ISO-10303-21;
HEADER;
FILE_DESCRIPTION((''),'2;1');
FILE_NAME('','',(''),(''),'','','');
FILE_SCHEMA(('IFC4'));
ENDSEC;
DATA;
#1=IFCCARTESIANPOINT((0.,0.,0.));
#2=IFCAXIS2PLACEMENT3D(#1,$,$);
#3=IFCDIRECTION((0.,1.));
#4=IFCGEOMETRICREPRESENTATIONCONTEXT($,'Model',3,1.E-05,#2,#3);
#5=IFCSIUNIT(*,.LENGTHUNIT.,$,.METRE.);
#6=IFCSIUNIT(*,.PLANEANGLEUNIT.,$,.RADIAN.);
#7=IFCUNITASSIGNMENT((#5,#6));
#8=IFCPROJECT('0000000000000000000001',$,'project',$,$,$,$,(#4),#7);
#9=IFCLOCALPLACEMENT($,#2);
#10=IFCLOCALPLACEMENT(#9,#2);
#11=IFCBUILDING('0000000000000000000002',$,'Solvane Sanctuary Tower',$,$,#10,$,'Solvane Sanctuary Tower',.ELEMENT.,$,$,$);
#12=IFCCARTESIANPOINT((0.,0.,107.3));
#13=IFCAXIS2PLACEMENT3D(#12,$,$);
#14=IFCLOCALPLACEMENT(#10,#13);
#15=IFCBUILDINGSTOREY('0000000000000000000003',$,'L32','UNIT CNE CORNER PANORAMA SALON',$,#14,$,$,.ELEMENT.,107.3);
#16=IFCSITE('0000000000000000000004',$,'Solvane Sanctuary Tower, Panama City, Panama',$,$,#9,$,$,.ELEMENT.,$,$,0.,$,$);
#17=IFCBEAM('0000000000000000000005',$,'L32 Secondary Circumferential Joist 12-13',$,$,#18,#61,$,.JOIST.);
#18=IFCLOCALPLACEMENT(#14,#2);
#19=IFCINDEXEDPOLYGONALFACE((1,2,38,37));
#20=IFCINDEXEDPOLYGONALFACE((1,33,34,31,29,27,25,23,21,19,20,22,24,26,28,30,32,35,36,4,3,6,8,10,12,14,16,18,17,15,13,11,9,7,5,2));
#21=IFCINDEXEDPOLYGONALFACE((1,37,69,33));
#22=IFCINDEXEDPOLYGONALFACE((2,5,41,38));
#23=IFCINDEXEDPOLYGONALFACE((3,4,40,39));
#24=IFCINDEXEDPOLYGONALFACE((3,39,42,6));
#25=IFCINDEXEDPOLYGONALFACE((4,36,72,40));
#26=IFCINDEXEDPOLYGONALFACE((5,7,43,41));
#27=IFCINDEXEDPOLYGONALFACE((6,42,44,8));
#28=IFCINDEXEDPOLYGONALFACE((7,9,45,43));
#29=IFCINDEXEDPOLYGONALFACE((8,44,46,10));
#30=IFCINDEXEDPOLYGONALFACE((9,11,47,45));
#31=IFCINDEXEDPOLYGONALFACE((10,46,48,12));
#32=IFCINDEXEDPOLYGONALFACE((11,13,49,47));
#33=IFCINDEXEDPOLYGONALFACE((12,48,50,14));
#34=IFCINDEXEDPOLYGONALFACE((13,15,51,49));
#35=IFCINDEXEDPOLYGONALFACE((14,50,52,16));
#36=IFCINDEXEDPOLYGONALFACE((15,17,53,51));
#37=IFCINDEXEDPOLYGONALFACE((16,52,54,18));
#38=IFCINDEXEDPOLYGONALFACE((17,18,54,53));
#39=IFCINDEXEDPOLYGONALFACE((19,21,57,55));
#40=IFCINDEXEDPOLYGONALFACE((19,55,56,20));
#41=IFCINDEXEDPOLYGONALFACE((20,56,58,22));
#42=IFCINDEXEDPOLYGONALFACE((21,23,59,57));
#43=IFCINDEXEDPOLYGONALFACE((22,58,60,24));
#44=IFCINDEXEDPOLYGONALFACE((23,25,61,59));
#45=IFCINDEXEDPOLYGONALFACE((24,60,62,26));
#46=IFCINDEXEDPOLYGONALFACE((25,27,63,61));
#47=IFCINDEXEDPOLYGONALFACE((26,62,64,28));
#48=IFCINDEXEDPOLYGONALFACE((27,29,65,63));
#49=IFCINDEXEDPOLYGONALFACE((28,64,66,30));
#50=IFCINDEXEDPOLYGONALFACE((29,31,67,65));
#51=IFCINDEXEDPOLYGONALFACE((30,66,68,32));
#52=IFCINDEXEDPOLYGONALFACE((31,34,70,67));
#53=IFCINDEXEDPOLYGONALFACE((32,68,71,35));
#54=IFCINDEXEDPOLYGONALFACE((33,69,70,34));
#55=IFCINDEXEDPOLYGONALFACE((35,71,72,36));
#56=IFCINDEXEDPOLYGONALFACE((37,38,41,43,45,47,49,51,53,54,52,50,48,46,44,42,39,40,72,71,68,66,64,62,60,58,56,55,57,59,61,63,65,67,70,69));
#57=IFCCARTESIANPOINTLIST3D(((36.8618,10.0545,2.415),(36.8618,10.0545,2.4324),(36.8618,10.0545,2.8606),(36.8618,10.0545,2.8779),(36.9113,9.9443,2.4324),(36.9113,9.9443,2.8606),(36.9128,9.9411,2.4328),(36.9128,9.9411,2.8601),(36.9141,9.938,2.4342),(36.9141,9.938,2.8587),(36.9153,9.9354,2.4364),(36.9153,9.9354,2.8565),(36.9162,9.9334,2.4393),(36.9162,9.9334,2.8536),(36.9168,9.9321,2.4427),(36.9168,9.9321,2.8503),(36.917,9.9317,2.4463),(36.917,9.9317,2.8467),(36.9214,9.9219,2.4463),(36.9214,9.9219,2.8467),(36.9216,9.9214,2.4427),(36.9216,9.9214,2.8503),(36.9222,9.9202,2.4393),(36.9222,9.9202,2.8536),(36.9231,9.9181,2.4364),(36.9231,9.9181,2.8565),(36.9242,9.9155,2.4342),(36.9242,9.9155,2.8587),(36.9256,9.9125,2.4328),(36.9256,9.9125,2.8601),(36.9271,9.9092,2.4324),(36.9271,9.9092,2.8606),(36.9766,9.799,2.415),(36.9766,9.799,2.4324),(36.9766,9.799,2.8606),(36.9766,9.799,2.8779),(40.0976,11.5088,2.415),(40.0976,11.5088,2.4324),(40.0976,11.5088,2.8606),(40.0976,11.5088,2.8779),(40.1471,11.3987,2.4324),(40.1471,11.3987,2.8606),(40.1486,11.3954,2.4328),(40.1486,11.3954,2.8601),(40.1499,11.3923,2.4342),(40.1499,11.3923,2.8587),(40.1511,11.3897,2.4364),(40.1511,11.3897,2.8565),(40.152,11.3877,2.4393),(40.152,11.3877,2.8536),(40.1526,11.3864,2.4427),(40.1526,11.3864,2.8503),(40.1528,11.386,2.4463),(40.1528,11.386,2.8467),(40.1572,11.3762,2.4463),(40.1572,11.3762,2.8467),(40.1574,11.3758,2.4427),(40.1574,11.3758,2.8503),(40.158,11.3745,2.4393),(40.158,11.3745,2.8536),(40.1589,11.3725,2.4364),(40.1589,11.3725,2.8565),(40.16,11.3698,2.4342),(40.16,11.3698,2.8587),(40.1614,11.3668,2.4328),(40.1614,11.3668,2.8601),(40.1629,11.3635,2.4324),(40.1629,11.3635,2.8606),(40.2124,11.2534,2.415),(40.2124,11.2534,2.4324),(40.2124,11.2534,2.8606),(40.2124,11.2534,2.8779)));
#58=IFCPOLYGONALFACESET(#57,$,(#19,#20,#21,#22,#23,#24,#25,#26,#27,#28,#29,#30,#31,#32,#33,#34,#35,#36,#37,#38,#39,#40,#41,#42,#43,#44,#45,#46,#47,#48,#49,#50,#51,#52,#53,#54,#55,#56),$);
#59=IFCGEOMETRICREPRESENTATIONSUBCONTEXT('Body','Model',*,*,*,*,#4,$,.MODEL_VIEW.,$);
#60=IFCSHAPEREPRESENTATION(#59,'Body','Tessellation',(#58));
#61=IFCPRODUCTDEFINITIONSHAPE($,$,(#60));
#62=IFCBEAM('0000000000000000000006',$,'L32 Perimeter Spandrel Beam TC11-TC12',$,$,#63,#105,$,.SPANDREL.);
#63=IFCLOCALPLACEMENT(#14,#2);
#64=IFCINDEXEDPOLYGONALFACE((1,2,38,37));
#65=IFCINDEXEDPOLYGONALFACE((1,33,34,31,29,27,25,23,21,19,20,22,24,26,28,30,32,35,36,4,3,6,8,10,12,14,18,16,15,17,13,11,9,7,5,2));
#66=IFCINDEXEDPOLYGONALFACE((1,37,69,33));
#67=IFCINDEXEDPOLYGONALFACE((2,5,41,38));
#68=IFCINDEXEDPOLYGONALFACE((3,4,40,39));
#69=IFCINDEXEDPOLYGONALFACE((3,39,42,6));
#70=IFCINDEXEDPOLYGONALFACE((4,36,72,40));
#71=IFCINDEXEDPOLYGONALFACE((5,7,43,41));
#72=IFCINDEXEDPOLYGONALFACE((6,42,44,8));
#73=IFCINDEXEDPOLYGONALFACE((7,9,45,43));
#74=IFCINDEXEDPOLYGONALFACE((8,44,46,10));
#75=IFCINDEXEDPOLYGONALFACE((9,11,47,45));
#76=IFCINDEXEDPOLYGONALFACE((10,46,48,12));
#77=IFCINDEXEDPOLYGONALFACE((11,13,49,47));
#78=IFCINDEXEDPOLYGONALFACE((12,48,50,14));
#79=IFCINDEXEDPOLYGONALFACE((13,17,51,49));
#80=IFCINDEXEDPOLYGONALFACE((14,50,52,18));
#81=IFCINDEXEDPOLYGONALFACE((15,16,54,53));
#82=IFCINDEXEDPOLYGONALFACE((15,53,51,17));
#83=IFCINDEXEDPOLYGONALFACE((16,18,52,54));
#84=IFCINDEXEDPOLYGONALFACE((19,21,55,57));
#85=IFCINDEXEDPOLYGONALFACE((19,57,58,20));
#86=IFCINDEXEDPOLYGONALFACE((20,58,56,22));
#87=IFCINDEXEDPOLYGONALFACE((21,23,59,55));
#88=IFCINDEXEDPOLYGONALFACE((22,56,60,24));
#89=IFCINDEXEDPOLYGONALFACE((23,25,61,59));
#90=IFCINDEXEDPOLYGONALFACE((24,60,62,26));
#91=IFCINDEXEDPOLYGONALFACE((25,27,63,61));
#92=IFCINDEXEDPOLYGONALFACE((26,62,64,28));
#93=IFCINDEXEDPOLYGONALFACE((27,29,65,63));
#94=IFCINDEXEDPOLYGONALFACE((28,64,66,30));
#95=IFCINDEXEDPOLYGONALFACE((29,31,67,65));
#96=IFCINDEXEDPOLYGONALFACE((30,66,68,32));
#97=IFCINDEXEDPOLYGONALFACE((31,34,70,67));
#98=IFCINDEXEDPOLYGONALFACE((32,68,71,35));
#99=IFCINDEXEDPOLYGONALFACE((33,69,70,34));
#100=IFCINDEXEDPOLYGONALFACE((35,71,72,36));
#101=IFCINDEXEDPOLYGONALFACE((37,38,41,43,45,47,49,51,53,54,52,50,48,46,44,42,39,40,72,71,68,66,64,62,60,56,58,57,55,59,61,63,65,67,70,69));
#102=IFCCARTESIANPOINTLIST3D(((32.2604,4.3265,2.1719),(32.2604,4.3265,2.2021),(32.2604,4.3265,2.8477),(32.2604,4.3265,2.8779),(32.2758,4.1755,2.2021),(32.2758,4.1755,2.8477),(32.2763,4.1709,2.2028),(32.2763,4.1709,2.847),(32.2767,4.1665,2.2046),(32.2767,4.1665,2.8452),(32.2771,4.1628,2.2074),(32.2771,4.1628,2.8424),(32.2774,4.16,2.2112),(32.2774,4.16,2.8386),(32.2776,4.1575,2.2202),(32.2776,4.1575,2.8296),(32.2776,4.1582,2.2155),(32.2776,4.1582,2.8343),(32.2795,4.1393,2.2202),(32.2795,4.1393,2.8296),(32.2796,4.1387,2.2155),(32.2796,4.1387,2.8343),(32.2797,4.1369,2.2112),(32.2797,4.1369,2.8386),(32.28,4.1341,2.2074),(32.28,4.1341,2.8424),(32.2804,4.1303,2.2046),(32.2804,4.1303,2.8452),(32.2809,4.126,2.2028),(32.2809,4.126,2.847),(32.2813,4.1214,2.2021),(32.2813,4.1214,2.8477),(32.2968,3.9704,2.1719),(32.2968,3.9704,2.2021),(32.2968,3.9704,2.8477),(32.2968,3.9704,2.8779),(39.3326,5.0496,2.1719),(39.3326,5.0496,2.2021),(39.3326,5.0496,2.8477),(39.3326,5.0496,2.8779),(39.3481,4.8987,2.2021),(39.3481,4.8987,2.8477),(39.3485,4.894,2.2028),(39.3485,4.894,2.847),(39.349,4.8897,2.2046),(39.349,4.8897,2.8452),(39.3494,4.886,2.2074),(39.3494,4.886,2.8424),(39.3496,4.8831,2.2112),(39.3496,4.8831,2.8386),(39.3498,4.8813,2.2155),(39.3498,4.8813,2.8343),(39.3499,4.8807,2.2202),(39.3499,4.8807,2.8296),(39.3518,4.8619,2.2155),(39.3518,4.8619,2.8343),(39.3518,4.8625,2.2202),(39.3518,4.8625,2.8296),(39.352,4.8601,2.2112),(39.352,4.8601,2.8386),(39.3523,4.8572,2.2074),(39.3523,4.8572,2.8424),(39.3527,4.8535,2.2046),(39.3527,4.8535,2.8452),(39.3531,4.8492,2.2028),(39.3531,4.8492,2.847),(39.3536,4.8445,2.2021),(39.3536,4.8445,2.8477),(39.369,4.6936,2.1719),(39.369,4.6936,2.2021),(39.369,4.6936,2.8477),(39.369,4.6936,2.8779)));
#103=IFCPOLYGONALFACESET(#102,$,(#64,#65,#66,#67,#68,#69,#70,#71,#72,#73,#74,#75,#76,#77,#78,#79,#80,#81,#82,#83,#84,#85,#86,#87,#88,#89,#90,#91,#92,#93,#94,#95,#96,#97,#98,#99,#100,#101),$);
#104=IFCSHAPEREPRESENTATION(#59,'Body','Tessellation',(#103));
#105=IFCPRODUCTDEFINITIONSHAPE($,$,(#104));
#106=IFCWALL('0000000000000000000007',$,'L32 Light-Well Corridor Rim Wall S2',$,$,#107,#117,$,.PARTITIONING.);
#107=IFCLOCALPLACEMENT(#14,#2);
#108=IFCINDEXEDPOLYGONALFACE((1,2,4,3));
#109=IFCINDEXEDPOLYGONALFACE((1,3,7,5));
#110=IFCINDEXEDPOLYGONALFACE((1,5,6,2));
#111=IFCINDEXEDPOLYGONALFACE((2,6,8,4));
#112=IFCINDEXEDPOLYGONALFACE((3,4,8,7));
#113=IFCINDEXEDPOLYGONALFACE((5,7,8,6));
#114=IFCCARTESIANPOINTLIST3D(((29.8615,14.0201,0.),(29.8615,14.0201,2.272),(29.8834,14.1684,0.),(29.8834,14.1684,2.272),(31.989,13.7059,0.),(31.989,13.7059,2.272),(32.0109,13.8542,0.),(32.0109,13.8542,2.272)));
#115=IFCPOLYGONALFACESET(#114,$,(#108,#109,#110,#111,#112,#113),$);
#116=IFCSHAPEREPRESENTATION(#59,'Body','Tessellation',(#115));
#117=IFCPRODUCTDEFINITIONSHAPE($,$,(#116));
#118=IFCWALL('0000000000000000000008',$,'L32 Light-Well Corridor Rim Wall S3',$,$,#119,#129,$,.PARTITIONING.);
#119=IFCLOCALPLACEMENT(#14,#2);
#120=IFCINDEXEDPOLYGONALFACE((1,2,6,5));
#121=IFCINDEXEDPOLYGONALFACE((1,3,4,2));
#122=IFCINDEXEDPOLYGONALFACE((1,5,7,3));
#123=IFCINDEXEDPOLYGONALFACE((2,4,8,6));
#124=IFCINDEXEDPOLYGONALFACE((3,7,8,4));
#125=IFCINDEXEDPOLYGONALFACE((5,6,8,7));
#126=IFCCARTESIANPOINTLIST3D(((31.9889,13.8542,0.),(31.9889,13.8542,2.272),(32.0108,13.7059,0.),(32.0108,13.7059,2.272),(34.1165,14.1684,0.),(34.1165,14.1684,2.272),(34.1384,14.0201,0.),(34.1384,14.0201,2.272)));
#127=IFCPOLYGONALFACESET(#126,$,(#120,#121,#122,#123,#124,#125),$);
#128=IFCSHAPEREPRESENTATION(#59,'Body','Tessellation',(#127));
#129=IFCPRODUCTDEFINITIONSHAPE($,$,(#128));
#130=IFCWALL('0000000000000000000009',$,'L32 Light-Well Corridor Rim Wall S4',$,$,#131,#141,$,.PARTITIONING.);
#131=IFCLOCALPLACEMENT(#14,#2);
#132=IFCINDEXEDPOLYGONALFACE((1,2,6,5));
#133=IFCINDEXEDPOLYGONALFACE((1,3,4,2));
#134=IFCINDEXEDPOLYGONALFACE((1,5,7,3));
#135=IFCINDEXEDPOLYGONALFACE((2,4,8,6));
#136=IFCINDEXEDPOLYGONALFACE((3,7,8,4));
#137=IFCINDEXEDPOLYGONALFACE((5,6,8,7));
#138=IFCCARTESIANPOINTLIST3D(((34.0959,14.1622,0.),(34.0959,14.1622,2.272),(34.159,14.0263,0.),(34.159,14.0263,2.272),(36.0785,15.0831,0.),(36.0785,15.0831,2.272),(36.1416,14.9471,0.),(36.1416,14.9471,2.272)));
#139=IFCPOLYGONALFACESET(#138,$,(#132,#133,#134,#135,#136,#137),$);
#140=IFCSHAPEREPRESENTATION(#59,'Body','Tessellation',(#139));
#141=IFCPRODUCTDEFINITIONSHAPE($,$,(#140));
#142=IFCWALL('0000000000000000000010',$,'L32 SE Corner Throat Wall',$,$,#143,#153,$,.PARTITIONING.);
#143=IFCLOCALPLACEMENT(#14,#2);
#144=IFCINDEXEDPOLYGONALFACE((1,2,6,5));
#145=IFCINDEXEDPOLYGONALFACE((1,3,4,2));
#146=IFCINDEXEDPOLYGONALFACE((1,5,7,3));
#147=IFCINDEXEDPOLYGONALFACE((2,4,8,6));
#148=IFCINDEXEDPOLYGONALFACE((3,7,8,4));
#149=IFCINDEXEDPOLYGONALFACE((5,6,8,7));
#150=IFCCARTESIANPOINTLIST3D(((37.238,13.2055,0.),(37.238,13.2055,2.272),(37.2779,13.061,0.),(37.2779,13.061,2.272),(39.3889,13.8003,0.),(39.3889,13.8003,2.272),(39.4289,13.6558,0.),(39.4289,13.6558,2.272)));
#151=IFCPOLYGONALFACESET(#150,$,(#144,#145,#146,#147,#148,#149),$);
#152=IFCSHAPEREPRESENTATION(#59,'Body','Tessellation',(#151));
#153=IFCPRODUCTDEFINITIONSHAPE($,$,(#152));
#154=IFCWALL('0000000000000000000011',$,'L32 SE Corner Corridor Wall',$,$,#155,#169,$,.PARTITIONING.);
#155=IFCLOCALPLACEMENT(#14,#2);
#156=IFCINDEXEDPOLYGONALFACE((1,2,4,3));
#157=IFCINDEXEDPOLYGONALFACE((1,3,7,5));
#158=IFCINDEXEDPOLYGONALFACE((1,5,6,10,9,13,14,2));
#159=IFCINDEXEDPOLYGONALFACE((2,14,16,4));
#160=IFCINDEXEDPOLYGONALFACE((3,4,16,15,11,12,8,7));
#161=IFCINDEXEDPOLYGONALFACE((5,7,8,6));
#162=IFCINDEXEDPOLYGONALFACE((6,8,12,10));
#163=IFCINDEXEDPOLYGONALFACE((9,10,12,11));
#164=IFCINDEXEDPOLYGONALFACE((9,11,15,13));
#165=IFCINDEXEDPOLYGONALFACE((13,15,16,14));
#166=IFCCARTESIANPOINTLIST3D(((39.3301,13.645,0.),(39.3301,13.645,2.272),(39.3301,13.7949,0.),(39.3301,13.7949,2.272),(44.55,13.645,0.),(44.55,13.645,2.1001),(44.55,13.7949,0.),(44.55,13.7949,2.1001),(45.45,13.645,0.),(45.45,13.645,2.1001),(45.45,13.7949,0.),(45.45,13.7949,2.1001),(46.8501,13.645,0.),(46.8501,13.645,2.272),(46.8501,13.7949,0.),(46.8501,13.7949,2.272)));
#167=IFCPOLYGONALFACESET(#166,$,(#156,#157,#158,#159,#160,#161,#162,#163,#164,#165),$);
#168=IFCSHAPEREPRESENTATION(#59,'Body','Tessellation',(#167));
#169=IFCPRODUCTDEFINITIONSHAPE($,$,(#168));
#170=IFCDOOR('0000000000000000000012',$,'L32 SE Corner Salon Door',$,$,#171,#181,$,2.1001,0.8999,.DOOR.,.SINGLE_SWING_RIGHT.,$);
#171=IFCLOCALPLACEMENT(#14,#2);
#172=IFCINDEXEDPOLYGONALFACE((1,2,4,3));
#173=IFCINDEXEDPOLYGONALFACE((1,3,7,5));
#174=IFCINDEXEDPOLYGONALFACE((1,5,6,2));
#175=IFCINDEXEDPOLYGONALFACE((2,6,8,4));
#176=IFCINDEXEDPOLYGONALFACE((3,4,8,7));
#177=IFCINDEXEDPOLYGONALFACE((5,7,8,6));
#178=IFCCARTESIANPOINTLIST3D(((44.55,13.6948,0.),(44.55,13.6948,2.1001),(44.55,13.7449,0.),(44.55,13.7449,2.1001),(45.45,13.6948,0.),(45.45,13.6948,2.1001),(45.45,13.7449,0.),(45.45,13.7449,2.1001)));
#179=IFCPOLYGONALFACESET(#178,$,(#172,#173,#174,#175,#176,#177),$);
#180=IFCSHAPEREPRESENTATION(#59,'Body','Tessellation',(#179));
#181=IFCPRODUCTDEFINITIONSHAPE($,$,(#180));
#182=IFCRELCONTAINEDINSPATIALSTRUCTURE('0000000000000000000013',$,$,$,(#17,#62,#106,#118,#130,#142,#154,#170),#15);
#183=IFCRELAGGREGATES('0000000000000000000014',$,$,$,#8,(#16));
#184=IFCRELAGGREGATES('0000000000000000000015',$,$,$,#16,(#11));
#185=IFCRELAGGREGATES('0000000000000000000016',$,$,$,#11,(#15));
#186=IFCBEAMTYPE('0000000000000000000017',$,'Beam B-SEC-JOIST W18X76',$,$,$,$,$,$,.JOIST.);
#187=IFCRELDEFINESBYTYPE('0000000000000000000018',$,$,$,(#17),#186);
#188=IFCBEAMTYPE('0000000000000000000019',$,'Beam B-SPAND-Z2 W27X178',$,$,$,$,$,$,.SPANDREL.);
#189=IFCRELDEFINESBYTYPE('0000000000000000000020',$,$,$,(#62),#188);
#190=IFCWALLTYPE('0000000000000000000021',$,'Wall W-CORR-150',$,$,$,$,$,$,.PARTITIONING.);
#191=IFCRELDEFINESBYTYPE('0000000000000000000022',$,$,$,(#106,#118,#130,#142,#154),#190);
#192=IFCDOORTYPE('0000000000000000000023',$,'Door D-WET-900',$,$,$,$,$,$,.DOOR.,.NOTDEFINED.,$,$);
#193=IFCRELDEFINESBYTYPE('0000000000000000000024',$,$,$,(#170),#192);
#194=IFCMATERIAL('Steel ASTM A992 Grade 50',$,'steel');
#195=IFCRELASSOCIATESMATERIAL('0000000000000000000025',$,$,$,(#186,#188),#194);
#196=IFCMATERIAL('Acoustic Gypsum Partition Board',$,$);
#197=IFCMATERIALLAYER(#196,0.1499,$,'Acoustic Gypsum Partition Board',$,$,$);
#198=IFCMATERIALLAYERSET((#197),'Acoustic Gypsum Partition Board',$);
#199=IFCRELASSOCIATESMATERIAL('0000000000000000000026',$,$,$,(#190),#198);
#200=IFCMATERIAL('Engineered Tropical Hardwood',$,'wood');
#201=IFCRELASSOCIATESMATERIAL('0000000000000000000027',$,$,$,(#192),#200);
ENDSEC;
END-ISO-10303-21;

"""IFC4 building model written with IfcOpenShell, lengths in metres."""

from ifc_helpers import new_model, si_unit, direction, frame, frame_2d, origin, origin_2d, place, context, subcontext, project, spatial, rectangle, i_section, extrude, material, layer, layer_set, material_profile, profile_set, type_object, element, fill, save


model = new_model("IFC4")

# Units and contexts
model_context = context("Model", 3, precision=1e-05, world=origin(), true_north=direction((0.0, 1.0)))
body_context = subcontext(model_context, "Body", "Model", "MODEL_VIEW")
ifc_project = project(units=[si_unit("LENGTHUNIT", "METRE"), si_unit("PLANEANGLEUNIT", "RADIAN")], contexts=[model_context])

# Site, building, storey
site_placement = place(None, origin())
site = spatial("IfcSite", under=ifc_project, at=site_placement, Name="Solvane Sanctuary Tower, Panama City, Panama", CompositionType="ELEMENT", RefElevation=0.0)
building_placement = place(site_placement, origin())
building = spatial("IfcBuilding", under=site, at=building_placement, Name="Solvane Sanctuary Tower", LongName="Solvane Sanctuary Tower", CompositionType="ELEMENT")
storey_placement = place(building_placement, frame((0.0, 0.0, 107.3)))
storey = spatial("IfcBuildingStorey", under=building, at=storey_placement, Name="L32", Description="UNIT CNE CORNER PANORAMA SALON", CompositionType="ELEMENT", Elevation=107.3)

# Beams
ifc_material_1 = material(Name="Steel ASTM A992 Grade 50", Category="steel")
ifc_material_profile_1 = material_profile(ifc_material_1, i_section(OverallWidth=0.28, OverallDepth=0.4629, WebThickness=0.0107, FlangeThickness=0.0173, FilletRadius=0.0139, at=origin_2d()), Name="W18X76")
ifc_profile_set_1 = profile_set([ifc_material_profile_1], Name="Steel ASTM A992 Grade 50")
beam_type_1 = type_object("IfcBeamType", Name="Beam B-SEC-JOIST W18X76", PredefinedType="JOIST", material=ifc_profile_set_1)
beam_1_placement = place(storey_placement, frame((36.9192, 9.9268, 2.6465), z_axis=(0.912109, 0.409947, 0.0), x_axis=(-0.409947, 0.912109, 0.0)))
element("IfcBeam", 1, at=beam_1_placement, inside=storey, type_object=beam_type_1, Name="L32 Secondary Circumferential Joist 12-13", PredefinedType="JOIST", context=body_context, shape_type="SweptSolid", body=[
    extrude(i_section(OverallWidth=0.28, OverallDepth=0.4629, WebThickness=0.0107, FlangeThickness=0.0173, FilletRadius=0.0139, at=origin_2d()), origin(), (0.0, 0.0, 1.0), 3.5476),
])
ifc_material_profile_2 = material_profile(ifc_material_1, i_section(OverallWidth=0.3579, OverallDepth=0.7061, WebThickness=0.0183, FlangeThickness=0.0303, FilletRadius=0.0181, at=origin_2d()), Name="W27X178")
ifc_profile_set_2 = profile_set([ifc_material_profile_2], Name="Steel ASTM A992 Grade 50")
beam_type_2 = type_object("IfcBeamType", Name="Beam B-SPAND-Z2 W27X178", PredefinedType="SPANDREL", material=ifc_profile_set_2)
beam_2_placement = place(storey_placement, frame((32.2786, 4.1484, 2.5249), z_axis=(0.994813, 0.10172, 0.0), x_axis=(-0.10172, 0.994813, 0.0)))
element("IfcBeam", 2, at=beam_2_placement, inside=storey, type_object=beam_type_2, Name="L32 Perimeter Spandrel Beam TC11-TC12", PredefinedType="SPANDREL", context=body_context, shape_type="SweptSolid", body=[
    extrude(i_section(OverallWidth=0.3579, OverallDepth=0.7061, WebThickness=0.0183, FlangeThickness=0.0303, FilletRadius=0.0181, at=origin_2d()), origin(), (0.0, 0.0, 1.0), 7.1091),
])

# Walls
ifc_material_2 = material(Name="Acoustic Gypsum Partition Board")
ifc_layer_1 = layer(ifc_material_2, 0.1499, Name="Acoustic Gypsum Partition Board")
ifc_layer_set_1 = layer_set([ifc_layer_1], Name="Acoustic Gypsum Partition Board")
wall_type_1 = type_object("IfcWallType", Name="Wall W-CORR-150", PredefinedType="PARTITIONING", material=ifc_layer_set_1)
for number, where, z_axis, x_axis, name in (
    (3, (29.8726, 14.0942, 0.0), (0.0, 0.0, 1.0), (0.989269, -0.146108, 0.0), "L32 Light-Well Corridor Rim Wall S2"),
    (4, (32.0, 13.78, 0.0), (0.0, 0.0, 1.0), (0.989269, 0.146108, 0.0), "L32 Light-Well Corridor Rim Wall S3"),
):
    element("IfcWall", number, at=place(storey_placement, frame(where, z_axis=z_axis, x_axis=x_axis)), inside=storey, type_object=wall_type_1, Name=name, PredefinedType="PARTITIONING", context=body_context, shape_type="SweptSolid", body=[
        extrude(rectangle(XDim=2.1506, YDim=0.1499, at=frame_2d((1.0752, 0.0))), origin(), (0.0, 0.0, 1.0), 2.272),
    ])
wall_1_placement = place(storey_placement, frame((34.1274, 14.0942, 0.0), z_axis=(0.0, 0.0, 1.0), x_axis=(0.906943, 0.421252, 0.0)))
element("IfcWall", 5, at=wall_1_placement, inside=storey, type_object=wall_type_1, Name="L32 Light-Well Corridor Rim Wall S4", PredefinedType="PARTITIONING", context=body_context, shape_type="SweptSolid", body=[
    extrude(rectangle(XDim=2.186, YDim=0.1499, at=frame_2d((1.093, 0.0))), origin(), (0.0, 0.0, 1.0), 2.272),
])
wall_2_placement = place(storey_placement, frame((37.2581, 13.1333, 0.0), z_axis=(0.0, 0.0, 1.0), x_axis=(0.963834, 0.266504, 0.0)))
element("IfcWall", 6, at=wall_2_placement, inside=storey, type_object=wall_type_1, Name="L32 SE Corner Throat Wall", PredefinedType="PARTITIONING", context=body_context, shape_type="SweptSolid", body=[
    extrude(rectangle(XDim=2.2317, YDim=0.1499, at=frame_2d((1.1157, 0.0))), origin(), (0.0, 0.0, 1.0), 2.272),
])

# Wall, opening, door
wall_3_placement = place(storey_placement, frame((39.3301, 13.72, 0.0), z_axis=(0.0, 0.0, 1.0), x_axis=(1.0, 0.0, 0.0)))
wall_3 = element("IfcWall", 7, at=wall_3_placement, inside=storey, type_object=wall_type_1, Name="L32 SE Corner Corridor Wall", PredefinedType="PARTITIONING", context=body_context, shape_type="SweptSolid", body=[
    extrude(rectangle(XDim=7.52, YDim=0.1499, at=frame_2d((3.76, 0.0))), origin(), (0.0, 0.0, 1.0), 2.272),
])
opening_1_placement = place(wall_3_placement, frame((5.22, 0.0, 0.0)))
opening_1 = element("IfcOpeningElement", 8, at=opening_1_placement, cuts=wall_3, PredefinedType="OPENING", context=body_context, shape_type="SweptSolid", body=[
    extrude(rectangle(XDim=0.8999, YDim=2.1001, at=frame_2d((0.45, 1.05))), frame((0.0, 0.085, 0.0), z_axis=(0.0, -1.0, 0.0), x_axis=(1.0, 0.0, 0.0)), (0.0, 0.0, 1.0), 0.1699),
])
ifc_material_3 = material(Name="Engineered Tropical Hardwood", Category="wood")
door_type_1 = type_object("IfcDoorType", Name="Door D-WET-900", OperationType="NOTDEFINED", PredefinedType="DOOR", material=ifc_material_3)
door_1_placement = place(opening_1_placement, origin())
door_1 = element("IfcDoor", 9, at=door_1_placement, inside=storey, type_object=door_type_1, Name="L32 SE Corner Salon Door", OperationType="SINGLE_SWING_RIGHT", OverallHeight=2.1001, OverallWidth=0.8999, PredefinedType="DOOR", context=body_context, shape_type="SweptSolid", body=[
    extrude(rectangle(XDim=0.8999, YDim=2.1001, at=frame_2d((0.45, 1.05))), frame((0.0, 0.0249, 0.0), z_axis=(0.0, -1.0, 0.0), x_axis=(1.0, 0.0, 0.0)), (0.0, 0.0, 1.0), 0.05),
])
fill(opening_1, door_1)

save(model, "model.ifc")
